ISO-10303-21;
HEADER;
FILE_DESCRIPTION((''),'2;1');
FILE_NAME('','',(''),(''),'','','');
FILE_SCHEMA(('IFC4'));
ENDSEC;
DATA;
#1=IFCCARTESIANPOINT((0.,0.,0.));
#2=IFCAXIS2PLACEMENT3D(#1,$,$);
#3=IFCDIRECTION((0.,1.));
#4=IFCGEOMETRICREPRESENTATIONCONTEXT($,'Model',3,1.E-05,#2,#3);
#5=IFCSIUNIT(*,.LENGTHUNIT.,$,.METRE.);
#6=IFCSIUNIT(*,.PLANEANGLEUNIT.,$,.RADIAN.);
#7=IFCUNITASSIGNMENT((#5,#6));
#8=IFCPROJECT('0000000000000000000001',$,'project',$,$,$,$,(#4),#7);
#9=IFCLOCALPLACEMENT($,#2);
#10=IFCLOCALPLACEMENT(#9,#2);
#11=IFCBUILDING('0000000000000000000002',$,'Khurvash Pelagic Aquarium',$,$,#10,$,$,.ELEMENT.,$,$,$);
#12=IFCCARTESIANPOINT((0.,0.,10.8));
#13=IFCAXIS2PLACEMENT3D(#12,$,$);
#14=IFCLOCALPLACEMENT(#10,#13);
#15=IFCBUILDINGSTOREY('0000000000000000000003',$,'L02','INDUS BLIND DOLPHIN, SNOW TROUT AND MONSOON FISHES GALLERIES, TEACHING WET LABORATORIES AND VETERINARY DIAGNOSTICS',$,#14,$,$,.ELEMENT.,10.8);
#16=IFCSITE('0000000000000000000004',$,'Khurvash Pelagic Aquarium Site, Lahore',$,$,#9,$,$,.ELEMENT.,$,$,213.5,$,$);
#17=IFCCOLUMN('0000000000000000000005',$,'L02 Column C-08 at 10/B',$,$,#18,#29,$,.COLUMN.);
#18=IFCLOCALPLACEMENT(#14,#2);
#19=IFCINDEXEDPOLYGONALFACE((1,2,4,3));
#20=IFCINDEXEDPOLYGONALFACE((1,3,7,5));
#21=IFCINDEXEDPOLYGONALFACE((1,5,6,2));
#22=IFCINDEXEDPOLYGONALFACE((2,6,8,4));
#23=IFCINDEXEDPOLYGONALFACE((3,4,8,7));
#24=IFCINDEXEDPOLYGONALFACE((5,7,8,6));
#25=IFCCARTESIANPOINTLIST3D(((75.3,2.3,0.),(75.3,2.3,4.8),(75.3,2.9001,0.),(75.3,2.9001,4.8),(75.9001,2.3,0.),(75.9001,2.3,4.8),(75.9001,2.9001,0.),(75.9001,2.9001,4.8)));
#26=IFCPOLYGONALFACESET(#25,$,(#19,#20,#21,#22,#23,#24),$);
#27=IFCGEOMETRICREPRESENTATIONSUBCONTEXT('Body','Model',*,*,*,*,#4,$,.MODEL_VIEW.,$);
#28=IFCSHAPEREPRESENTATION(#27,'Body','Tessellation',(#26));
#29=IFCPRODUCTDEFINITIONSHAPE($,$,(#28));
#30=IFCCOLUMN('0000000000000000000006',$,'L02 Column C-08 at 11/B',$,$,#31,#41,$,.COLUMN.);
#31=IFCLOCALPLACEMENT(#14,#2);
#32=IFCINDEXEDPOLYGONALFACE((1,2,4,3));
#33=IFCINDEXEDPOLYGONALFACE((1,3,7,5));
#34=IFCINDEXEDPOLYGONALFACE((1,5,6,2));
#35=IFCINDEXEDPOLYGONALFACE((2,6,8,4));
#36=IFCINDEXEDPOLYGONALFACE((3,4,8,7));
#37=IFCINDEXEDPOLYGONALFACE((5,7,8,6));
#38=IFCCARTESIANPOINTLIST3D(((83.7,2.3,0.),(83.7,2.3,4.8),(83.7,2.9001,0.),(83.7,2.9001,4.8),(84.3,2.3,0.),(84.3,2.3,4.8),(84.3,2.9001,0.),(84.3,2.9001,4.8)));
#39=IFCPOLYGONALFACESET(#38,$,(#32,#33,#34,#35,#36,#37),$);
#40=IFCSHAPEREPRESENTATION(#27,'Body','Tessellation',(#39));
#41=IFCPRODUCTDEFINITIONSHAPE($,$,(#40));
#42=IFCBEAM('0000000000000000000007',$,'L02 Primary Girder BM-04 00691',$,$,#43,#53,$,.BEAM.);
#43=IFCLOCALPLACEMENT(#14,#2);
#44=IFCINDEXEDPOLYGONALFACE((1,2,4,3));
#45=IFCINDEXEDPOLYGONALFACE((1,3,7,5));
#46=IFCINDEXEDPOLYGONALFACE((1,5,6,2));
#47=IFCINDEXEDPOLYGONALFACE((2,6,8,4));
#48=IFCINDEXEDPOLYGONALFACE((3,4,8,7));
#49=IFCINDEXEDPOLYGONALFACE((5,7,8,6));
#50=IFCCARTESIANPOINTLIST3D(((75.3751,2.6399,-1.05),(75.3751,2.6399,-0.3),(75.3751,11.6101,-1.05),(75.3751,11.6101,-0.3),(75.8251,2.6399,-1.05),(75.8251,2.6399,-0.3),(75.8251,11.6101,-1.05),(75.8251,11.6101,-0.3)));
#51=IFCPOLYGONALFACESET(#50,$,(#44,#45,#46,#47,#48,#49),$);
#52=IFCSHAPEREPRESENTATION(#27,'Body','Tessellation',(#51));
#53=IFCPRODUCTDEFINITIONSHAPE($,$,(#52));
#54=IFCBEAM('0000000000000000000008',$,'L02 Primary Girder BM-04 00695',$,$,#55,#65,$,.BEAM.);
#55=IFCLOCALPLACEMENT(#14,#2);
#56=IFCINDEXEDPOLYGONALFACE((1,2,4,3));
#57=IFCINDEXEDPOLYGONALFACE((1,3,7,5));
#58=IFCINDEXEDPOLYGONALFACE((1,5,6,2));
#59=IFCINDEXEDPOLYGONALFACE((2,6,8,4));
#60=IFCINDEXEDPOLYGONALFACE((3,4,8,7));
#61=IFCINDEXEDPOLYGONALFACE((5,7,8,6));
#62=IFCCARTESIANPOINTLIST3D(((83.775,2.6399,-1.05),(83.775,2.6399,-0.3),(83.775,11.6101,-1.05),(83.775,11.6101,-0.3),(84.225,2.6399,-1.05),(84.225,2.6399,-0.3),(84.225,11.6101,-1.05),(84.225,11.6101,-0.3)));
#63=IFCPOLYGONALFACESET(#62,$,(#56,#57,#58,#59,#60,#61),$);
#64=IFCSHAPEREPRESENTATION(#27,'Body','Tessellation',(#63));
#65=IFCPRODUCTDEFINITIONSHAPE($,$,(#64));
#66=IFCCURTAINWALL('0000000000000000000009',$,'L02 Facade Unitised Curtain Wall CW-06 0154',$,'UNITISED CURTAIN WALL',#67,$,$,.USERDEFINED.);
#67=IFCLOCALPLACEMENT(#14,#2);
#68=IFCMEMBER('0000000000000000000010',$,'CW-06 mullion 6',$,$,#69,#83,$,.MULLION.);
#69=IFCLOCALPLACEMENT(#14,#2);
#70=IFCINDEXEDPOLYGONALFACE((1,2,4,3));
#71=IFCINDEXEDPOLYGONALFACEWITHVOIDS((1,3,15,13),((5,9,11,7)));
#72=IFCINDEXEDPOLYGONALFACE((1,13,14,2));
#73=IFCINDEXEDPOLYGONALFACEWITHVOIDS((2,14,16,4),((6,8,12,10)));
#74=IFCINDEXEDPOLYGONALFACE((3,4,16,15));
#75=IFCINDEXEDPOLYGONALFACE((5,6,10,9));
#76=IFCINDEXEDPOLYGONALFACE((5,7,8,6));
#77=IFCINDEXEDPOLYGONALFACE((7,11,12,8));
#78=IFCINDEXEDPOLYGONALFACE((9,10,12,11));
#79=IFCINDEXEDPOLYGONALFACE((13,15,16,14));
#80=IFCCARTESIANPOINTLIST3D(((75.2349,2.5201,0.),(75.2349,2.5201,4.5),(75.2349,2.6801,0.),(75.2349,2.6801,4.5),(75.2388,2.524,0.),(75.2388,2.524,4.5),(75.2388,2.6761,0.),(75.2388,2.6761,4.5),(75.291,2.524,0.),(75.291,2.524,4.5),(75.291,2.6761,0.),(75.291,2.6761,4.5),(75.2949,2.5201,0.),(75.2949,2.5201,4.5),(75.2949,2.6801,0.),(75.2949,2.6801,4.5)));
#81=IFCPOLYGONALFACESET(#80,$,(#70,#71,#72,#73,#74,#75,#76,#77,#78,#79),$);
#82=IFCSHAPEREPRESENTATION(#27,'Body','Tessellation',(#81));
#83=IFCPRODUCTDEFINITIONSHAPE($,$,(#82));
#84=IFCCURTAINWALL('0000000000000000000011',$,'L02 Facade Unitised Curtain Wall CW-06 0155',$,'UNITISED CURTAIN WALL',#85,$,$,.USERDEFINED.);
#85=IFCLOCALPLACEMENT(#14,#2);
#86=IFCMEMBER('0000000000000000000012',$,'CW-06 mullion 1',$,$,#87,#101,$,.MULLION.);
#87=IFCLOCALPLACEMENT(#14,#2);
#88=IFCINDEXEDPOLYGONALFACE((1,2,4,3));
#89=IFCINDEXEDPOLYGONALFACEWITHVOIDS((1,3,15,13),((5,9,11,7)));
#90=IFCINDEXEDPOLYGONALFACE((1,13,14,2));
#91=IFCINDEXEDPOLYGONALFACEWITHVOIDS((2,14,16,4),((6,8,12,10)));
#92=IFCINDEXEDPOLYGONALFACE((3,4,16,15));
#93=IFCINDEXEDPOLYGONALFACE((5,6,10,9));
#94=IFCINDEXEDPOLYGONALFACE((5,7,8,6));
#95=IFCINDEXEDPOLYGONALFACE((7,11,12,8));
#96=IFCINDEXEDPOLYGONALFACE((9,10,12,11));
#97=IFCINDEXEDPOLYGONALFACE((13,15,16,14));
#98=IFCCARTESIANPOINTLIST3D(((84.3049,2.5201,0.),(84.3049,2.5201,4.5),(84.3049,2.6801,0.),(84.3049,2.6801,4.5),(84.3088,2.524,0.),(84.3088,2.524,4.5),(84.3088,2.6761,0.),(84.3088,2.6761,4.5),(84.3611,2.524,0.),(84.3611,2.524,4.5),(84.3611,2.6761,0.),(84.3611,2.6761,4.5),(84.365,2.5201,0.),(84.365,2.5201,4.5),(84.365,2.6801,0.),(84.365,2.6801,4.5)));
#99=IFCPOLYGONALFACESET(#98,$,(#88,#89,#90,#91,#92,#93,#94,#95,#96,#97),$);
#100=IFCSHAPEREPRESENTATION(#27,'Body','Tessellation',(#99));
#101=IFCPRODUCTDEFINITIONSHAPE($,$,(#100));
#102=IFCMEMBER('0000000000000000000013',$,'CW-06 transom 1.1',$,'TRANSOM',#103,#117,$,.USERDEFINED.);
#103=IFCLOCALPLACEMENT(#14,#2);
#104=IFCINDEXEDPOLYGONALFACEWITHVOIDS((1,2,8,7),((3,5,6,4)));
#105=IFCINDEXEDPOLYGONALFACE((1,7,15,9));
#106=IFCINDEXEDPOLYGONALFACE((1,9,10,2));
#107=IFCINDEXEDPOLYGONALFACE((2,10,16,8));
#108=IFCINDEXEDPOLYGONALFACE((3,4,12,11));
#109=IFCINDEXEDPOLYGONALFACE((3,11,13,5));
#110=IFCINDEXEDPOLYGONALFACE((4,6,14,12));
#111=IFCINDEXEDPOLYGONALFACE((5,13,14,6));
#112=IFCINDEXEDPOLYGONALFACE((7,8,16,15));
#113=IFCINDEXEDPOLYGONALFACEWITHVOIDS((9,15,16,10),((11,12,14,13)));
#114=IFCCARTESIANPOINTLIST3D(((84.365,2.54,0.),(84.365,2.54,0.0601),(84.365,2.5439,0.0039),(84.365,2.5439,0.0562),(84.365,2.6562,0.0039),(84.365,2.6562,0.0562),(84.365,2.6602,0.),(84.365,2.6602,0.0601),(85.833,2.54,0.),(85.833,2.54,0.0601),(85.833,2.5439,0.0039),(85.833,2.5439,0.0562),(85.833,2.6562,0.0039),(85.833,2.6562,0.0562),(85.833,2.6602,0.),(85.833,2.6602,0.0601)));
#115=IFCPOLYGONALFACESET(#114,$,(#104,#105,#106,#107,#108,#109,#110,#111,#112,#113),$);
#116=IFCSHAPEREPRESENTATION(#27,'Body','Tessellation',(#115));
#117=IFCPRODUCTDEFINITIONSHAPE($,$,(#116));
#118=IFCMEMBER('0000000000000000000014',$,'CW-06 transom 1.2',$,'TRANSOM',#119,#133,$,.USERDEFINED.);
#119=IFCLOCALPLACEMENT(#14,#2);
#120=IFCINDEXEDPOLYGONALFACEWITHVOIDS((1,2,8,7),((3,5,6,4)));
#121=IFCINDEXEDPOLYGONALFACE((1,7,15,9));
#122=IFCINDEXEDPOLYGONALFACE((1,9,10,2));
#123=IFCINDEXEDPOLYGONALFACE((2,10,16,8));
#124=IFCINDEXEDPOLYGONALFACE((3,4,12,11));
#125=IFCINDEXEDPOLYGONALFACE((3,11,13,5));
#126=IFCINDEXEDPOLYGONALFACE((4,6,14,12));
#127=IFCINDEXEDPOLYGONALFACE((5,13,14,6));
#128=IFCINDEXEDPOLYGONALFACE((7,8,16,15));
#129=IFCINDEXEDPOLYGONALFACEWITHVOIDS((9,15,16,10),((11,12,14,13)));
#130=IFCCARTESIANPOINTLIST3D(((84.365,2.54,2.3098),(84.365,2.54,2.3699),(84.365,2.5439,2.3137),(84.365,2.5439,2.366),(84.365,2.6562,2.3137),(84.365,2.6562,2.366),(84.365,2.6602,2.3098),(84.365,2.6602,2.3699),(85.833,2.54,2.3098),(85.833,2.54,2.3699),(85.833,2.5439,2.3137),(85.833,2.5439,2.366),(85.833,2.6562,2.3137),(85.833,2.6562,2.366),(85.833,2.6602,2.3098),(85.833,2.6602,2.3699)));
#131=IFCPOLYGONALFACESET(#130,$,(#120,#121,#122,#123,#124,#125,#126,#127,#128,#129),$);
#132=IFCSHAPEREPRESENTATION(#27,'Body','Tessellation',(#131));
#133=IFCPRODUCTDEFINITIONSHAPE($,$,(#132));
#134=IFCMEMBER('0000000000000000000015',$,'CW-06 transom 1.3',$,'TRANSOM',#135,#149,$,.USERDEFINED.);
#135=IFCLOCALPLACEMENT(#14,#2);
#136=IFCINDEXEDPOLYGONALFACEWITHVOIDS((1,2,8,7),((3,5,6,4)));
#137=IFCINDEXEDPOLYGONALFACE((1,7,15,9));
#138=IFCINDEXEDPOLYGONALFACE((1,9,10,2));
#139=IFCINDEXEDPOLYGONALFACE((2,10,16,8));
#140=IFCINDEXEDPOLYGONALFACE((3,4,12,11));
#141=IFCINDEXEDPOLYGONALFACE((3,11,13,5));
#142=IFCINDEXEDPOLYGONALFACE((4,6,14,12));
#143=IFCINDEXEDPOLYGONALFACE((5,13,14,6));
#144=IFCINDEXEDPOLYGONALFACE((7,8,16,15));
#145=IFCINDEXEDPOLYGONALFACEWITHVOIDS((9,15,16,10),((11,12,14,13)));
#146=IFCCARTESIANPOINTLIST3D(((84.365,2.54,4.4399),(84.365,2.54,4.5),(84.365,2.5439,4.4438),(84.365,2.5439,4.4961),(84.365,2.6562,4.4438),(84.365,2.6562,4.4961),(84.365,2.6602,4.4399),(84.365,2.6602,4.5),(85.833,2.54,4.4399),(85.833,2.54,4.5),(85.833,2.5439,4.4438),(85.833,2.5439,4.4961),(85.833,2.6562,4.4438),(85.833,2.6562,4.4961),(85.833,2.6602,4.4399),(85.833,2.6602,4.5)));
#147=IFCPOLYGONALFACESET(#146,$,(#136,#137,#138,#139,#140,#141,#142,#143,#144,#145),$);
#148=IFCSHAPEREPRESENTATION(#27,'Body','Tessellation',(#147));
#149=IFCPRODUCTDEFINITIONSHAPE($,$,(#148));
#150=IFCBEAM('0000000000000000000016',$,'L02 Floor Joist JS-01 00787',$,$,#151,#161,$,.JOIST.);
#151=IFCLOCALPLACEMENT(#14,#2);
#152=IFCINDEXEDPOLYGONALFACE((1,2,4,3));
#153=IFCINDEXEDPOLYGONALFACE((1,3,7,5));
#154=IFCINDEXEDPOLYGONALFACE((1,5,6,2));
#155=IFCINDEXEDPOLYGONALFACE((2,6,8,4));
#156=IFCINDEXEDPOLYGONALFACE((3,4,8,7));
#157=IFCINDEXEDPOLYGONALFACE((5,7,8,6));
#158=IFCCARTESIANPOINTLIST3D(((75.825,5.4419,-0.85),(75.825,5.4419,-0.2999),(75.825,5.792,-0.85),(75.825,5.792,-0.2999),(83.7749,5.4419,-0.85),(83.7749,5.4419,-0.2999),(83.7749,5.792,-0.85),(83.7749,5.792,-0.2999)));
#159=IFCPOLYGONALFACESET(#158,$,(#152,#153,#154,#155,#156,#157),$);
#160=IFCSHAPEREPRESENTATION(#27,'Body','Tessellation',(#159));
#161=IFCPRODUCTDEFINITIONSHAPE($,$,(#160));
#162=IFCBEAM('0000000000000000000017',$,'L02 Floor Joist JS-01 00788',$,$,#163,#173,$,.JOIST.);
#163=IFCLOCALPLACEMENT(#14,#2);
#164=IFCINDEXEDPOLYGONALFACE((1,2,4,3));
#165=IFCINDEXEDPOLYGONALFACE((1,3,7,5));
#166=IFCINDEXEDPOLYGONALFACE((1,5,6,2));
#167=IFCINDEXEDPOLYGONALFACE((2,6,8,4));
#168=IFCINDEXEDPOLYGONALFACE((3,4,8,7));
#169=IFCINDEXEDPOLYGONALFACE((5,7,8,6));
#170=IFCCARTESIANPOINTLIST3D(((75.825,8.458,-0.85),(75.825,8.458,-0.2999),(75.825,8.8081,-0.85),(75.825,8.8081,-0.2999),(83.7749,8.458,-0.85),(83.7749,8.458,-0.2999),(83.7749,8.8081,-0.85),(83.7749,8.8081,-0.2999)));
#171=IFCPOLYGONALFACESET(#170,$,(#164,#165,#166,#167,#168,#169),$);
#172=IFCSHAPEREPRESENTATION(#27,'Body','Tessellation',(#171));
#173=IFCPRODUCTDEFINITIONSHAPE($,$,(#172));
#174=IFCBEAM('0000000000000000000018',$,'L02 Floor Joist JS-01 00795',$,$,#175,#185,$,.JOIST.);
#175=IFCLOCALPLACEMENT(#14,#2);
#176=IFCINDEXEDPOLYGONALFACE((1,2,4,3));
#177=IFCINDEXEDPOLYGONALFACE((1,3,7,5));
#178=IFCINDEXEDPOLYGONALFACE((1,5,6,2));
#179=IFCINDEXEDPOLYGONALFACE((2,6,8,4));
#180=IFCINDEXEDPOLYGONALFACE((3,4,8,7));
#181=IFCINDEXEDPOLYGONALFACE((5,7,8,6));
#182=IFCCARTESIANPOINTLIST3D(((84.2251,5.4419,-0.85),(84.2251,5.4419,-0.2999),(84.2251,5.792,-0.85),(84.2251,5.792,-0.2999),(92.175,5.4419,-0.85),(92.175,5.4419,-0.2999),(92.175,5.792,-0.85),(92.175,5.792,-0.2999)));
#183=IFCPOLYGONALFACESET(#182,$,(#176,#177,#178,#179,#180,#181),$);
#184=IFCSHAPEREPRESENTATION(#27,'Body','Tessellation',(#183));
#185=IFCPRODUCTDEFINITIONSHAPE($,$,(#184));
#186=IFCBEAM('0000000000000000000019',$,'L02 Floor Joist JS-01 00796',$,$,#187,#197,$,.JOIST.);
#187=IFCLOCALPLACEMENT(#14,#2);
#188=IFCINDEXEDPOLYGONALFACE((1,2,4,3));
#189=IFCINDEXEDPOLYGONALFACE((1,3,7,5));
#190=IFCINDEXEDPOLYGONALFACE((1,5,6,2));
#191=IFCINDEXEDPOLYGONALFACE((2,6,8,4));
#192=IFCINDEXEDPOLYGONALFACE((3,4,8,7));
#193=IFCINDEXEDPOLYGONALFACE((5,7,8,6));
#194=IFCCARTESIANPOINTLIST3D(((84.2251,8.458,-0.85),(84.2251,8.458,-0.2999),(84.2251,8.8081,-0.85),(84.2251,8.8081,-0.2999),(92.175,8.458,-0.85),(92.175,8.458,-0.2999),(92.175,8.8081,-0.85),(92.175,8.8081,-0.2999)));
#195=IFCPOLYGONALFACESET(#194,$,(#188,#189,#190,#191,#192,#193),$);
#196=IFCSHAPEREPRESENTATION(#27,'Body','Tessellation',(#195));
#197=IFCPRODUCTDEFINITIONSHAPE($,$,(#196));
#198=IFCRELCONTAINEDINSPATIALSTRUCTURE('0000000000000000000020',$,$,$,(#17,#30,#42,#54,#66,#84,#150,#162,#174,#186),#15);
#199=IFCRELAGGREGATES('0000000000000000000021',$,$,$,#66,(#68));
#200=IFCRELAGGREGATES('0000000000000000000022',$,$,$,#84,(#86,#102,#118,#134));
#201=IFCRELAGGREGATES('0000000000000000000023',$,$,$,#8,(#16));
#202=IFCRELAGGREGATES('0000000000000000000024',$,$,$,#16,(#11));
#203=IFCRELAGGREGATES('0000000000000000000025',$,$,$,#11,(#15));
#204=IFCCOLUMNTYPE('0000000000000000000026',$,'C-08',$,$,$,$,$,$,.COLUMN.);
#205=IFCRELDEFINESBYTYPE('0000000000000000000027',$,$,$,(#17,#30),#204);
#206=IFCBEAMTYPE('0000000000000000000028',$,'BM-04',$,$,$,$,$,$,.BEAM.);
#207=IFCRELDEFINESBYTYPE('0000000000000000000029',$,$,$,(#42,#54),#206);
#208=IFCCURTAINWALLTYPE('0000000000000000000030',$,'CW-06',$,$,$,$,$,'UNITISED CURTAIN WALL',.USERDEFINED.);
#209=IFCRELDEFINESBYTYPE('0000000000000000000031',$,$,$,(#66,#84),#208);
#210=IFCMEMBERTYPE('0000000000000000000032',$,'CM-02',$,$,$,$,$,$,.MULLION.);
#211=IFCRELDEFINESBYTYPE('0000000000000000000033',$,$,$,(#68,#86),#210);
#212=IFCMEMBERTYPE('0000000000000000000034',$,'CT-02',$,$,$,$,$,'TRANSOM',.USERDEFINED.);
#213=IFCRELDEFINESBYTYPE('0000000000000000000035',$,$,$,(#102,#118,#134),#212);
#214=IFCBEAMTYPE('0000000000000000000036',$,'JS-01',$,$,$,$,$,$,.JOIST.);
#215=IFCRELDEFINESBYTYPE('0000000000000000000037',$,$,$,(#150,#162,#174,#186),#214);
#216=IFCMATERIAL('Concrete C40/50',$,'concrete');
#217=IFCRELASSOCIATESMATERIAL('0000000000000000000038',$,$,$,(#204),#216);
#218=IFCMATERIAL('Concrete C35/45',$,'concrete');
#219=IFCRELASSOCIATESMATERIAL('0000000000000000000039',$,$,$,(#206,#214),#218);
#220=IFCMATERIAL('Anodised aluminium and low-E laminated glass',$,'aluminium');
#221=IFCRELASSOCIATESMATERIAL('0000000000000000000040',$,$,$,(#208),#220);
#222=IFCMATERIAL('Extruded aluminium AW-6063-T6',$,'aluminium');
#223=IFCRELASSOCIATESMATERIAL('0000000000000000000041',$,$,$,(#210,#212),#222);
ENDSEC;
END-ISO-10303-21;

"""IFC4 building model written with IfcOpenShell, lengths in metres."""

from ifc_helpers import new_model, si_unit, direction, frame, origin, origin_2d, place, context, subcontext, project, spatial, rectangle, hollow_rectangle, extrude, material, material_profile, profile_set, type_object, element, aggregate, save


model = new_model("IFC4")

# Units and contexts
model_context = context("Model", 3, precision=1e-05, world=origin(), true_north=direction((0.0, 1.0)))
body_context = subcontext(model_context, "Body", "Model", "MODEL_VIEW")
ifc_project = project(units=[si_unit("LENGTHUNIT", "METRE"), si_unit("PLANEANGLEUNIT", "RADIAN")], contexts=[model_context])

# Site, building, storey
site_placement = place(None, origin())
site = spatial("IfcSite", under=ifc_project, at=site_placement, Name="Khurvash Pelagic Aquarium Site, Lahore", CompositionType="ELEMENT", RefElevation=213.5)
building_placement = place(site_placement, origin())
building = spatial("IfcBuilding", under=site, at=building_placement, Name="Khurvash Pelagic Aquarium", CompositionType="ELEMENT")
storey_placement = place(building_placement, frame((0.0, 0.0, 10.8)))
storey = spatial("IfcBuildingStorey", under=building, at=storey_placement, Name="L02", Description="INDUS BLIND DOLPHIN, SNOW TROUT AND MONSOON FISHES GALLERIES, TEACHING WET LABORATORIES AND VETERINARY DIAGNOSTICS", CompositionType="ELEMENT", Elevation=10.8)

# Columns
ifc_material_1 = material(Name="Concrete C40/50", Category="concrete")
ifc_material_profile_1 = material_profile(ifc_material_1, rectangle(XDim=0.6001, YDim=0.6001, at=origin_2d()), Name="RC600X600")
ifc_profile_set_1 = profile_set([ifc_material_profile_1], Name="Concrete C40/50")
column_type = type_object("IfcColumnType", Name="C-08", PredefinedType="COLUMN", material=ifc_profile_set_1)
for number, where, z_axis, x_axis, name in (
    (1, (75.6001, 2.6001, 0.0), (0.0, 0.0, 1.0), (1.0, 0.0, 0.0), "L02 Column C-08 at 10/B"),
    (2, (84.0, 2.6001, 0.0), (0.0, 0.0, 1.0), (1.0, 0.0, 0.0), "L02 Column C-08 at 11/B"),
):
    element("IfcColumn", number, at=place(storey_placement, frame(where, z_axis=z_axis, x_axis=x_axis)), inside=storey, type_object=column_type, Name=name, PredefinedType="COLUMN", context=body_context, shape_type="SweptSolid", body=[
        extrude(rectangle(XDim=0.6001, YDim=0.6001, at=origin_2d()), origin(), (0.0, 0.0, 1.0), 4.8),
    ])

# Beams
ifc_material_2 = material(Name="Concrete C35/45", Category="concrete")
ifc_material_profile_2 = material_profile(ifc_material_2, rectangle(XDim=0.45, YDim=0.75, at=origin_2d()), Name="RC450X750")
ifc_profile_set_2 = profile_set([ifc_material_profile_2], Name="Concrete C35/45")
beam_type_1 = type_object("IfcBeamType", Name="BM-04", PredefinedType="BEAM", material=ifc_profile_set_2)
for number, where, z_axis, x_axis, name in (
    (3, (75.6001, 2.6399, -0.675), (0.0, 1.0, 0.0), (-1.0, 0.0, 0.0), "L02 Primary Girder BM-04 00691"),
    (4, (84.0, 2.6399, -0.675), (0.0, 1.0, 0.0), (-1.0, 0.0, 0.0), "L02 Primary Girder BM-04 00695"),
):
    element("IfcBeam", number, at=place(storey_placement, frame(where, z_axis=z_axis, x_axis=x_axis)), inside=storey, type_object=beam_type_1, Name=name, PredefinedType="BEAM", context=body_context, shape_type="SweptSolid", body=[
        extrude(rectangle(XDim=0.45, YDim=0.75, at=origin_2d()), origin(), (0.0, 0.0, 1.0), 8.9702),
    ])

# Curtain wall, member
ifc_material_3 = material(Name="Anodised aluminium and low-E laminated glass", Category="aluminium")
curtain_wall_type = type_object("IfcCurtainWallType", Name="CW-06", ElementType="UNITISED CURTAIN WALL", PredefinedType="USERDEFINED", material=ifc_material_3)
curtain_wall_1_placement = place(storey_placement, origin())
curtain_wall_1 = element("IfcCurtainWall", 5, at=curtain_wall_1_placement, inside=storey, type_object=curtain_wall_type, Name="L02 Facade Unitised Curtain Wall CW-06 0154", ObjectType="UNITISED CURTAIN WALL", PredefinedType="USERDEFINED")
ifc_material_4 = material(Name="Extruded aluminium AW-6063-T6", Category="aluminium")
ifc_material_profile_3 = material_profile(ifc_material_4, hollow_rectangle(XDim=0.0601, YDim=0.1599, WallThickness=0.0039, at=origin_2d()), Name="CWM60X160X4")
ifc_profile_set_3 = profile_set([ifc_material_profile_3], Name="Extruded aluminium AW-6063-T6")
member_type_1 = type_object("IfcMemberType", Name="CM-02", PredefinedType="MULLION", material=ifc_profile_set_3)
member_1_placement = place(storey_placement, frame((75.2649, 2.6001, 0.0), z_axis=(0.0, 0.0, 1.0), x_axis=(1.0, 0.0, 0.0)))
member_1 = element("IfcMember", 6, at=member_1_placement, type_object=member_type_1, Name="CW-06 mullion 6", PredefinedType="MULLION", context=body_context, shape_type="SweptSolid", body=[
    extrude(hollow_rectangle(XDim=0.0601, YDim=0.1599, WallThickness=0.0039, at=origin_2d()), origin(), (0.0, 0.0, 1.0), 4.5),
])
aggregate(curtain_wall_1, [member_1])

# Curtain wall, members
curtain_wall_2_placement = place(storey_placement, origin())
curtain_wall_2 = element("IfcCurtainWall", 7, at=curtain_wall_2_placement, inside=storey, type_object=curtain_wall_type, Name="L02 Facade Unitised Curtain Wall CW-06 0155", ObjectType="UNITISED CURTAIN WALL", PredefinedType="USERDEFINED")
member_2_placement = place(storey_placement, frame((84.335, 2.6001, 0.0), z_axis=(0.0, 0.0, 1.0), x_axis=(1.0, 0.0, 0.0)))
member_2 = element("IfcMember", 8, at=member_2_placement, type_object=member_type_1, Name="CW-06 mullion 1", PredefinedType="MULLION", context=body_context, shape_type="SweptSolid", body=[
    extrude(hollow_rectangle(XDim=0.0601, YDim=0.1599, WallThickness=0.0039, at=origin_2d()), origin(), (0.0, 0.0, 1.0), 4.5),
])
ifc_material_profile_4 = material_profile(ifc_material_4, hollow_rectangle(XDim=0.1201, YDim=0.0601, WallThickness=0.0039, at=origin_2d()), Name="CWT120X60X4")
ifc_profile_set_4 = profile_set([ifc_material_profile_4], Name="Extruded aluminium AW-6063-T6")
member_type_2 = type_object("IfcMemberType", Name="CT-02", ElementType="TRANSOM", PredefinedType="USERDEFINED", material=ifc_profile_set_4)
member_3_placement = place(storey_placement, frame((84.365, 2.6001, 0.03), z_axis=(1.0, 0.0, 0.0), x_axis=(0.0, 1.0, 0.0)))
member_3 = element("IfcMember", 9, at=member_3_placement, type_object=member_type_2, Name="CW-06 transom 1.1", ObjectType="TRANSOM", PredefinedType="USERDEFINED", context=body_context, shape_type="SweptSolid", body=[
    extrude(hollow_rectangle(XDim=0.1201, YDim=0.0601, WallThickness=0.0039, at=origin_2d()), origin(), (0.0, 0.0, 1.0), 1.468),
])
member_4_placement = place(storey_placement, frame((84.365, 2.6001, 2.3398), z_axis=(1.0, 0.0, 0.0), x_axis=(0.0, 1.0, 0.0)))
member_4 = element("IfcMember", 10, at=member_4_placement, type_object=member_type_2, Name="CW-06 transom 1.2", ObjectType="TRANSOM", PredefinedType="USERDEFINED", context=body_context, shape_type="SweptSolid", body=[
    extrude(hollow_rectangle(XDim=0.1201, YDim=0.0601, WallThickness=0.0039, at=origin_2d()), origin(), (0.0, 0.0, 1.0), 1.468),
])
member_5_placement = place(storey_placement, frame((84.365, 2.6001, 4.47), z_axis=(1.0, 0.0, 0.0), x_axis=(0.0, 1.0, 0.0)))
member_5 = element("IfcMember", 11, at=member_5_placement, type_object=member_type_2, Name="CW-06 transom 1.3", ObjectType="TRANSOM", PredefinedType="USERDEFINED", context=body_context, shape_type="SweptSolid", body=[
    extrude(hollow_rectangle(XDim=0.1201, YDim=0.0601, WallThickness=0.0039, at=origin_2d()), origin(), (0.0, 0.0, 1.0), 1.468),
])

# Beams
ifc_material_profile_5 = material_profile(ifc_material_2, rectangle(XDim=0.3501, YDim=0.55, at=origin_2d()), Name="RC350X550")
ifc_profile_set_5 = profile_set([ifc_material_profile_5], Name="Concrete C35/45")
beam_type_2 = type_object("IfcBeamType", Name="JS-01", PredefinedType="JOIST", material=ifc_profile_set_5)
for number, where, z_axis, x_axis, name in (
    (12, (75.825, 5.6169, -0.575), (1.0, 0.0, 0.0), (0.0, 1.0, 0.0), "L02 Floor Joist JS-01 00787"),
    (13, (75.825, 8.6331, -0.575), (1.0, 0.0, 0.0), (0.0, 1.0, 0.0), "L02 Floor Joist JS-01 00788"),
    (14, (84.2251, 5.6169, -0.575), (1.0, 0.0, 0.0), (0.0, 1.0, 0.0), "L02 Floor Joist JS-01 00795"),
    (15, (84.2251, 8.6331, -0.575), (1.0, 0.0, 0.0), (0.0, 1.0, 0.0), "L02 Floor Joist JS-01 00796"),
):
    element("IfcBeam", number, at=place(storey_placement, frame(where, z_axis=z_axis, x_axis=x_axis)), inside=storey, type_object=beam_type_2, Name=name, PredefinedType="JOIST", context=body_context, shape_type="SweptSolid", body=[
        extrude(rectangle(XDim=0.3501, YDim=0.55, at=origin_2d()), origin(), (0.0, 0.0, 1.0), 7.95),
    ])

aggregate(curtain_wall_2, [member_2, member_3, member_4, member_5])

save(model, "model.ifc")
